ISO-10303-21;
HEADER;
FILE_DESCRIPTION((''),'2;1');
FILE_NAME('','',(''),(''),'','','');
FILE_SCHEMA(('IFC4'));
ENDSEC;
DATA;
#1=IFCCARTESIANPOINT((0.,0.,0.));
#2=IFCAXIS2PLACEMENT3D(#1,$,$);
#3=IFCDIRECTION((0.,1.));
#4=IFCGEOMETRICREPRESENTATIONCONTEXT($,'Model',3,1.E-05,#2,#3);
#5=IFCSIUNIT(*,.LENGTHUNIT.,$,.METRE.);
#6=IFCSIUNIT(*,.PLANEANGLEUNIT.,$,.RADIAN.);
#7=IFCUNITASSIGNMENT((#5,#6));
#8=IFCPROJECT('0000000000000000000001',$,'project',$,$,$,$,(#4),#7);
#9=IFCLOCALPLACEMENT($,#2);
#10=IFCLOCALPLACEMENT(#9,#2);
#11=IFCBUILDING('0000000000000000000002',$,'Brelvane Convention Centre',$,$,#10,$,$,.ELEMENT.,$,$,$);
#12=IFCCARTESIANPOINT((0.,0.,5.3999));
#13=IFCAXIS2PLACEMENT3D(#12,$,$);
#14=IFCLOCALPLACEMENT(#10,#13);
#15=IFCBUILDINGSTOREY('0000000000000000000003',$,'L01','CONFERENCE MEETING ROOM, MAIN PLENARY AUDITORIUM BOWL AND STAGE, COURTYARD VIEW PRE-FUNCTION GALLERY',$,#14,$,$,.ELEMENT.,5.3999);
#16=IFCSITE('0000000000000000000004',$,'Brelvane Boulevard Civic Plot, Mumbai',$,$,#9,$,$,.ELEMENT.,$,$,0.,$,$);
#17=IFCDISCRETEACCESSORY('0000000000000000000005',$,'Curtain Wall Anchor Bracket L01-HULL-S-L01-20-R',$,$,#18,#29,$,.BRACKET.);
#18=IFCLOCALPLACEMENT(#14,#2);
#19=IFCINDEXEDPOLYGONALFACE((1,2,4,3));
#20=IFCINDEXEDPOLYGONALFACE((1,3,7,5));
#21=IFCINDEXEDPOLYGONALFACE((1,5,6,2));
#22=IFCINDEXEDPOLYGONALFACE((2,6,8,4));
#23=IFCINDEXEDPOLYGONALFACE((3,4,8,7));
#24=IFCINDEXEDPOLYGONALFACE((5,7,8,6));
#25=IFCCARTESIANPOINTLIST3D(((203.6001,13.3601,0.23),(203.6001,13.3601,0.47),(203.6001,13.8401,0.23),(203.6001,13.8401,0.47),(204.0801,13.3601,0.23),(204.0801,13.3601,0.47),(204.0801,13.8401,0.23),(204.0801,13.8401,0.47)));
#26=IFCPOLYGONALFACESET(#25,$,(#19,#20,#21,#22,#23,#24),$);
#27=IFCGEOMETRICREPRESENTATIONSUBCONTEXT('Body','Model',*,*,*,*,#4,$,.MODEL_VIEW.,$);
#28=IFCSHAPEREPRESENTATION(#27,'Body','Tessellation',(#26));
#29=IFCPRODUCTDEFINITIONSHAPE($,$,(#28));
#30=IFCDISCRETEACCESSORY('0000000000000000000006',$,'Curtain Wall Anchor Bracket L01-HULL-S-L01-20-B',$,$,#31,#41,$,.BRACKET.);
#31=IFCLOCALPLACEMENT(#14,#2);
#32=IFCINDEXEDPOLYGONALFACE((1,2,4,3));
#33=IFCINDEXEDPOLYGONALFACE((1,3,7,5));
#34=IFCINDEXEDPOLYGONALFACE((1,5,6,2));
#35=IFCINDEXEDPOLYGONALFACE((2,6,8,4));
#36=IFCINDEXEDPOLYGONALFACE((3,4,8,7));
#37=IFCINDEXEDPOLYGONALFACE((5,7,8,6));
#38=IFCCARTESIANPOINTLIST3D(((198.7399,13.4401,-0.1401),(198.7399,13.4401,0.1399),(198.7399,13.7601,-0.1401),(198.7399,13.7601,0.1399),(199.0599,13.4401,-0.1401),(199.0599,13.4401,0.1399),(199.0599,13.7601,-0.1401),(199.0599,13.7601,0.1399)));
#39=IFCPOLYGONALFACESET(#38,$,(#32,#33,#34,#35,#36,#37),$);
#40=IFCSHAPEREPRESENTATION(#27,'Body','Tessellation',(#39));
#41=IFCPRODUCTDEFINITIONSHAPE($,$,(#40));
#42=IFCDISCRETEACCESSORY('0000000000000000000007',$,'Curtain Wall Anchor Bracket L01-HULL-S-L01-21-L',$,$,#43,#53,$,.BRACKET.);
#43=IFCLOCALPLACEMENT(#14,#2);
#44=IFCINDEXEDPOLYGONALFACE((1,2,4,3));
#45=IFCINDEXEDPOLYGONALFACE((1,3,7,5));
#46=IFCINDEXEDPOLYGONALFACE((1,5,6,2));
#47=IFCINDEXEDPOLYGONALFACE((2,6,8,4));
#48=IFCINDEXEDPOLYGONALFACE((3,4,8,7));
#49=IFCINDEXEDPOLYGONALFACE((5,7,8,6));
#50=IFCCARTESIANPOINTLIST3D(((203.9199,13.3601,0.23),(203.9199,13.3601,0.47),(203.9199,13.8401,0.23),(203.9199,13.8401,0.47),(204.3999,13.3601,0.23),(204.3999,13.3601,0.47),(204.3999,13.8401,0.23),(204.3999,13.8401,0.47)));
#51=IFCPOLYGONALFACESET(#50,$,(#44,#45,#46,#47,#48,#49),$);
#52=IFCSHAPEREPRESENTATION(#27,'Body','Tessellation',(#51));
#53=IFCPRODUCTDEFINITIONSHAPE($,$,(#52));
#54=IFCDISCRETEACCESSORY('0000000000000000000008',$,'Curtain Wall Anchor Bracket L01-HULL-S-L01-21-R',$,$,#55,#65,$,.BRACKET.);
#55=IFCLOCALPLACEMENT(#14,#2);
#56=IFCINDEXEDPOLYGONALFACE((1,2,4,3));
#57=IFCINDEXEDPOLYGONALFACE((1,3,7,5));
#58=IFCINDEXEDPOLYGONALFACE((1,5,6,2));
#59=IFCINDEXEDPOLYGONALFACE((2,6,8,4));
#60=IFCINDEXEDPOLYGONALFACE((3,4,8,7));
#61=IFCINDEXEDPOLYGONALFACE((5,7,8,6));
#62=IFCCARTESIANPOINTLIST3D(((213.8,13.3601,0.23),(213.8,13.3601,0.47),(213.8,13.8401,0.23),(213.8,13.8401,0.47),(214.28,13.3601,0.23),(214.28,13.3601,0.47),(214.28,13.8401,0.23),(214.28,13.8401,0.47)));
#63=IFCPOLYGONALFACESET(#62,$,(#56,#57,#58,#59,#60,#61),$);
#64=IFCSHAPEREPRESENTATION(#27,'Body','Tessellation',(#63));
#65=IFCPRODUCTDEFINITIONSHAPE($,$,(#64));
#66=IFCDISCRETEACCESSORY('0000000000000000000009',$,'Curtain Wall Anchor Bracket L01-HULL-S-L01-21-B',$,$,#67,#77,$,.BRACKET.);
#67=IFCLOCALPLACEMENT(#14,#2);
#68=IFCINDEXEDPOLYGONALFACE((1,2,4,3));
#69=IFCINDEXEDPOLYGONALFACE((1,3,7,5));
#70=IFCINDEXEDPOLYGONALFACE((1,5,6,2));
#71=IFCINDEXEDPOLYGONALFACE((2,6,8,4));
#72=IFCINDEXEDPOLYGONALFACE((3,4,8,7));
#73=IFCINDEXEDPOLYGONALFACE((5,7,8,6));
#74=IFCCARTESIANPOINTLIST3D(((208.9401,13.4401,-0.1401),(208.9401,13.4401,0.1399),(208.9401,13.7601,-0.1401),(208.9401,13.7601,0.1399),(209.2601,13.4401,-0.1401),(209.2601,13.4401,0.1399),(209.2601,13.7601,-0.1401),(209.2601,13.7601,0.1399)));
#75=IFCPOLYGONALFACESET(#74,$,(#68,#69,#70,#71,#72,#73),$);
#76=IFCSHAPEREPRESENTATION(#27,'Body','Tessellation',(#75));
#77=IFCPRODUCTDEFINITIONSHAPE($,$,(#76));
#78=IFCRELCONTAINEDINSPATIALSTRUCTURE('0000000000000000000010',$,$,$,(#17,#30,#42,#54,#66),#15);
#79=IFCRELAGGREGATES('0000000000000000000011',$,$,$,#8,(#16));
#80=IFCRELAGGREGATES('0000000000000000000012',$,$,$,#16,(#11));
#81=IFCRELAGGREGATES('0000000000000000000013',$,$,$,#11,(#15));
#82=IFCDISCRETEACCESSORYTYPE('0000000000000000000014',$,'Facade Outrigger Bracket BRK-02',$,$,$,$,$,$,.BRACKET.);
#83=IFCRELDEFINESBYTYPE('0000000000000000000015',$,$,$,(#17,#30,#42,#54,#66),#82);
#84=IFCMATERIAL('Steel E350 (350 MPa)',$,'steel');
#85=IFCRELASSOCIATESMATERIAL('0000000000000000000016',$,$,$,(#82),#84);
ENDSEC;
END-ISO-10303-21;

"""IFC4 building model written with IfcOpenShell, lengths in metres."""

from ifc_helpers import new_model, si_unit, direction, frame, origin, origin_2d, place, context, subcontext, project, spatial, rectangle, extrude, material, type_object, element, save


model = new_model("IFC4")

# Units and contexts
model_context = context("Model", 3, precision=1e-05, world=origin(), true_north=direction((0.0, 1.0)))
body_context = subcontext(model_context, "Body", "Model", "MODEL_VIEW")
ifc_project = project(units=[si_unit("LENGTHUNIT", "METRE"), si_unit("PLANEANGLEUNIT", "RADIAN")], contexts=[model_context])

# Site, building, storey
site_placement = place(None, origin())
site = spatial("IfcSite", under=ifc_project, at=site_placement, Name="Brelvane Boulevard Civic Plot, Mumbai", CompositionType="ELEMENT", RefElevation=0.0)
building_placement = place(site_placement, origin())
building = spatial("IfcBuilding", under=site, at=building_placement, Name="Brelvane Convention Centre", CompositionType="ELEMENT")
storey_placement = place(building_placement, frame((0.0, 0.0, 5.3999)))
storey = spatial("IfcBuildingStorey", under=building, at=storey_placement, Name="L01", Description="CONFERENCE MEETING ROOM, MAIN PLENARY AUDITORIUM BOWL AND STAGE, COURTYARD VIEW PRE-FUNCTION GALLERY", CompositionType="ELEMENT", Elevation=5.3999)

# Discrete accessories
ifc_material_1 = material(Name="Steel E350 (350 MPa)", Category="steel")
discrete_accessory_type = type_object("IfcDiscreteAccessoryType", Name="Facade Outrigger Bracket BRK-02", PredefinedType="BRACKET", material=ifc_material_1)
discrete_accessory_1_placement = place(storey_placement, frame((203.8401, 13.6001, 0.23), z_axis=(0.0, 0.0, 1.0), x_axis=(1.0, 0.0, 0.0)))
element("IfcDiscreteAccessory", 1, at=discrete_accessory_1_placement, inside=storey, type_object=discrete_accessory_type, Name="Curtain Wall Anchor Bracket L01-HULL-S-L01-20-R", PredefinedType="BRACKET", context=body_context, shape_type="SweptSolid", body=[
    extrude(rectangle(XDim=0.48, YDim=0.48, at=origin_2d()), origin(), (0.0, 0.0, 1.0), 0.24),
])
discrete_accessory_2_placement = place(storey_placement, frame((198.8999, 13.6001, -0.1401), z_axis=(0.0, 0.0, 1.0), x_axis=(1.0, 0.0, 0.0)))
element("IfcDiscreteAccessory", 2, at=discrete_accessory_2_placement, inside=storey, type_object=discrete_accessory_type, Name="Curtain Wall Anchor Bracket L01-HULL-S-L01-20-B", PredefinedType="BRACKET", context=body_context, shape_type="SweptSolid", body=[
    extrude(rectangle(XDim=0.3201, YDim=0.3201, at=origin_2d()), origin(), (0.0, 0.0, 1.0), 0.28),
])
for number, where, z_axis, x_axis, name in (
    (3, (204.1599, 13.6001, 0.23), (0.0, 0.0, 1.0), (1.0, 0.0, 0.0), "Curtain Wall Anchor Bracket L01-HULL-S-L01-21-L"),
    (4, (214.04, 13.6001, 0.23), (0.0, 0.0, 1.0), (1.0, 0.0, 0.0), "Curtain Wall Anchor Bracket L01-HULL-S-L01-21-R"),
):
    element("IfcDiscreteAccessory", number, at=place(storey_placement, frame(where, z_axis=z_axis, x_axis=x_axis)), inside=storey, type_object=discrete_accessory_type, Name=name, PredefinedType="BRACKET", context=body_context, shape_type="SweptSolid", body=[
        extrude(rectangle(XDim=0.48, YDim=0.48, at=origin_2d()), origin(), (0.0, 0.0, 1.0), 0.24),
    ])
discrete_accessory_3_placement = place(storey_placement, frame((209.1001, 13.6001, -0.1401), z_axis=(0.0, 0.0, 1.0), x_axis=(1.0, 0.0, 0.0)))
element("IfcDiscreteAccessory", 5, at=discrete_accessory_3_placement, inside=storey, type_object=discrete_accessory_type, Name="Curtain Wall Anchor Bracket L01-HULL-S-L01-21-B", PredefinedType="BRACKET", context=body_context, shape_type="SweptSolid", body=[
    extrude(rectangle(XDim=0.3201, YDim=0.3201, at=origin_2d()), origin(), (0.0, 0.0, 1.0), 0.28),
])

save(model, "model.ifc")
